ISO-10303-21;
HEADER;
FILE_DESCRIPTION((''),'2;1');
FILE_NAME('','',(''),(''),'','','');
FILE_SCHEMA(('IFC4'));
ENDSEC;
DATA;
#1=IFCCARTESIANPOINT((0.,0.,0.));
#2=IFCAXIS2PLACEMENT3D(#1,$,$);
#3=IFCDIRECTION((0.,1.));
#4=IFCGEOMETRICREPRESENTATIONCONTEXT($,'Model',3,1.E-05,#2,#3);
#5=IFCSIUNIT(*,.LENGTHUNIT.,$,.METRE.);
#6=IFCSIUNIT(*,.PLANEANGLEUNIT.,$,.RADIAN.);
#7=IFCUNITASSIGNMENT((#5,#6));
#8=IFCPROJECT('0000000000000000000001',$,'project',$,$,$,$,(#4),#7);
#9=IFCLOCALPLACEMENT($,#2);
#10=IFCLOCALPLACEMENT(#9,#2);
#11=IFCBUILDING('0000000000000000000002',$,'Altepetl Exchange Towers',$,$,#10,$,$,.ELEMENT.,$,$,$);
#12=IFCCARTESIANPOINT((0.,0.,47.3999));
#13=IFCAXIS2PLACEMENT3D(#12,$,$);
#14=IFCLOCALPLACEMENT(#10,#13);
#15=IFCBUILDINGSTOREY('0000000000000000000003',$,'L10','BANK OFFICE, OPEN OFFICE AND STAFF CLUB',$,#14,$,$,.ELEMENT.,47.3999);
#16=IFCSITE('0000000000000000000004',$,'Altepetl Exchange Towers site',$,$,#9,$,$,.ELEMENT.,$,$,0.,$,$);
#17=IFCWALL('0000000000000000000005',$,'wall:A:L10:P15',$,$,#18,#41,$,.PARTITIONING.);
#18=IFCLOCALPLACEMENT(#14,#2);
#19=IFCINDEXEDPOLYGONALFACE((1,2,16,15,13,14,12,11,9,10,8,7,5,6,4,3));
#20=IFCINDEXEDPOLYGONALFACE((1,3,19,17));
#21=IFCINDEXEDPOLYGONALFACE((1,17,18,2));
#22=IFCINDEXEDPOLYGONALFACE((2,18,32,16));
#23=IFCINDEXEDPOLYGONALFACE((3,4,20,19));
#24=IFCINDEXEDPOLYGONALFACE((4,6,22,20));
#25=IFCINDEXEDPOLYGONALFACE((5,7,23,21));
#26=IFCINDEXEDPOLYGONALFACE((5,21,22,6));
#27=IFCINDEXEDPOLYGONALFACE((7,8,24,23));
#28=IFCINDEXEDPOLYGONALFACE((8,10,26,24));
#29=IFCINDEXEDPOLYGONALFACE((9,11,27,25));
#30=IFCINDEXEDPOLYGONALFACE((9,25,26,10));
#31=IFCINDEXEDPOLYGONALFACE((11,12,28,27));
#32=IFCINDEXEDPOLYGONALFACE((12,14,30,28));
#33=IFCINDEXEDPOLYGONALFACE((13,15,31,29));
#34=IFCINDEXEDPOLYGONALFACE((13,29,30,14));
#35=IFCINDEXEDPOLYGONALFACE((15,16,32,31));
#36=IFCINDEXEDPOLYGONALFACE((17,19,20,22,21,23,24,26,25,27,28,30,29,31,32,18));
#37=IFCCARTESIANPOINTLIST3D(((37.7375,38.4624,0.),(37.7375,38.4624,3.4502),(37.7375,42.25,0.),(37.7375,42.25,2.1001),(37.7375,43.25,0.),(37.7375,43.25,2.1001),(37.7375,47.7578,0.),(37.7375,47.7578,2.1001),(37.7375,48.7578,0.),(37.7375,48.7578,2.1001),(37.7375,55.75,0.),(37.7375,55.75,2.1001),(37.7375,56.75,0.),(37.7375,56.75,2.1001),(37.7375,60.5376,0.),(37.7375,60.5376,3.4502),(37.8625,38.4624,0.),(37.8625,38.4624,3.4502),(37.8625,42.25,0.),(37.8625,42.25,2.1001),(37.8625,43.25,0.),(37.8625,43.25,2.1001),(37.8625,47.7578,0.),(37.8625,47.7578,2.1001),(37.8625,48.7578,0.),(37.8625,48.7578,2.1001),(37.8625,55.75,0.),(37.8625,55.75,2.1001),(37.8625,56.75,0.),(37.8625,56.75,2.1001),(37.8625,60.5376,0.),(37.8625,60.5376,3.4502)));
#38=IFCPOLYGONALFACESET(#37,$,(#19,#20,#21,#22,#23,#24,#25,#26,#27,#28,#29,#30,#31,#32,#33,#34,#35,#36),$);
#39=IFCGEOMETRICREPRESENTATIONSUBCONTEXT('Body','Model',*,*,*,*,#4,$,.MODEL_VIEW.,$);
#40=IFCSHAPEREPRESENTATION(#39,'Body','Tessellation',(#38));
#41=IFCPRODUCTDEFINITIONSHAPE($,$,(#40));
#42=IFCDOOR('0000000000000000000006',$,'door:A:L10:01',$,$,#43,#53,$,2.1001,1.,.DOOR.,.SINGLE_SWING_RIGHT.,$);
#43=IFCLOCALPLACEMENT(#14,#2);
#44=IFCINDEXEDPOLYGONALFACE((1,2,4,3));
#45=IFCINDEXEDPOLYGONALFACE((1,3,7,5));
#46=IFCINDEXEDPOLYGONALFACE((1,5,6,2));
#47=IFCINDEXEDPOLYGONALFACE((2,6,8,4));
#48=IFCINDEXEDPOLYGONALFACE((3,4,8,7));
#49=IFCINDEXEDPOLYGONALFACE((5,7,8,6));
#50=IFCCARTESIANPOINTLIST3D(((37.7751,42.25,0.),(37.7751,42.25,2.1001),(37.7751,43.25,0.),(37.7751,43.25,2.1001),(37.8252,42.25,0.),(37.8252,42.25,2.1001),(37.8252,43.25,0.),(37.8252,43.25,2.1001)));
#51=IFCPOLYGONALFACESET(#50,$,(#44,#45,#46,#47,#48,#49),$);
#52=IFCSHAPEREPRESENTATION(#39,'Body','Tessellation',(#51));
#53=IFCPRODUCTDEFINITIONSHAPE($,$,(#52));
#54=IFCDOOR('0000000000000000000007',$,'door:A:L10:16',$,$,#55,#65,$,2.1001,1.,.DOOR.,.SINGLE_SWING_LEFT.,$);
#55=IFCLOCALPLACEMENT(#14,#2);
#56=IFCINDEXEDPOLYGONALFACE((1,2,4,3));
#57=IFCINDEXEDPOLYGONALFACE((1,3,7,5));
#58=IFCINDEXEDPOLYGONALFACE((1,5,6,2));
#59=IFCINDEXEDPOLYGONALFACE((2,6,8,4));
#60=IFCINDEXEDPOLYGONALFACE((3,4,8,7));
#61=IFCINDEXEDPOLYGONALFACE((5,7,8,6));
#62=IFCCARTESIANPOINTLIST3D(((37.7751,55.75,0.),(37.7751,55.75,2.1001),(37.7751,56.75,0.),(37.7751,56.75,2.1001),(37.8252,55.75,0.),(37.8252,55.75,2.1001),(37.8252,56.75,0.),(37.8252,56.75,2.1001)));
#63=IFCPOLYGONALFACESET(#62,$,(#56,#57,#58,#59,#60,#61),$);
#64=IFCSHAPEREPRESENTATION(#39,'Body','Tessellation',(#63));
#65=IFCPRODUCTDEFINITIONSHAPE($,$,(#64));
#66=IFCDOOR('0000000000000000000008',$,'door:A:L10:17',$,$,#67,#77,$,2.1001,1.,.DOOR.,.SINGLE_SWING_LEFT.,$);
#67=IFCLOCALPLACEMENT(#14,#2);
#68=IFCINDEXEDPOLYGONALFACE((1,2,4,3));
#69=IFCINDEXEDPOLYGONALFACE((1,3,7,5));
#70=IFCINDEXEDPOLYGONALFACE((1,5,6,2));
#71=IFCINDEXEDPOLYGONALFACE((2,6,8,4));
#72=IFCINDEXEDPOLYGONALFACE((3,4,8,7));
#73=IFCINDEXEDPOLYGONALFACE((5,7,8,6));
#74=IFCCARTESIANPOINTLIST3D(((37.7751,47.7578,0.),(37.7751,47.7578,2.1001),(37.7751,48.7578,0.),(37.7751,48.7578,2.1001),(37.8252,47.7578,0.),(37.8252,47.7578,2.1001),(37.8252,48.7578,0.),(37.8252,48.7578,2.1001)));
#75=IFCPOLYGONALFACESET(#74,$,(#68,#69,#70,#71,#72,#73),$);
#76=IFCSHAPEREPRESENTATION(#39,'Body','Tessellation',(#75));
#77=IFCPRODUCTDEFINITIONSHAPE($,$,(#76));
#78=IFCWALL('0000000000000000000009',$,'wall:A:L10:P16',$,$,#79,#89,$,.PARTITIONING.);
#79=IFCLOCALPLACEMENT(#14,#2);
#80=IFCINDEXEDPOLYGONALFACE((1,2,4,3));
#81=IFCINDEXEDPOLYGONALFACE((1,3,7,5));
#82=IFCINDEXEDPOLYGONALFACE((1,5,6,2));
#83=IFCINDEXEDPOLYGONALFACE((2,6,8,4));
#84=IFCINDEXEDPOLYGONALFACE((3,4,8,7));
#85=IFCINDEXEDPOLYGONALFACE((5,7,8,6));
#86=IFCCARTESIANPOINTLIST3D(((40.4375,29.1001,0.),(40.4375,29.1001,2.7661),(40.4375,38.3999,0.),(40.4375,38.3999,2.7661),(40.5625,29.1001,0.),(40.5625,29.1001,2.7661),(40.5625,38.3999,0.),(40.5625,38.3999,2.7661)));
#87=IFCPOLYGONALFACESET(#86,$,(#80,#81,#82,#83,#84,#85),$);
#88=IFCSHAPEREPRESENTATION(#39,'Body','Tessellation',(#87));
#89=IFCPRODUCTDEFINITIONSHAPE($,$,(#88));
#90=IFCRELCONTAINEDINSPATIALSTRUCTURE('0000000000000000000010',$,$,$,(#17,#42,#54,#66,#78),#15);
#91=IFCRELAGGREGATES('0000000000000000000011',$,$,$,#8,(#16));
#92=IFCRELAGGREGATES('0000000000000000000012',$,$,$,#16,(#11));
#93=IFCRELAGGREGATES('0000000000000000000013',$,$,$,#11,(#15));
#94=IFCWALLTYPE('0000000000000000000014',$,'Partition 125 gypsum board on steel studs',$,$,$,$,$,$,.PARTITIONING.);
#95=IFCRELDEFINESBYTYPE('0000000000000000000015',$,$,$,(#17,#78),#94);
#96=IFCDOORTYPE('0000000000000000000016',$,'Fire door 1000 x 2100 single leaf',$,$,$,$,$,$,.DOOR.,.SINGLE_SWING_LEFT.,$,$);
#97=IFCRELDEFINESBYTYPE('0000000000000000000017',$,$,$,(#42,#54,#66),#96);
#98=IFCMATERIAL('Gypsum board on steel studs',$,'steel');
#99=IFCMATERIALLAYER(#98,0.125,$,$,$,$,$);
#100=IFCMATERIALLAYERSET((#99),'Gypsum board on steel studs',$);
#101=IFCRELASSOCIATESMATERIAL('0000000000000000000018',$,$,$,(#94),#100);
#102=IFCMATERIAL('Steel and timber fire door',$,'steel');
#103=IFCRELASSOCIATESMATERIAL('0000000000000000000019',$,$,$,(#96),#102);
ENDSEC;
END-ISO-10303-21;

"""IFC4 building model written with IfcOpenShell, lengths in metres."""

from ifc_helpers import new_model, si_unit, direction, frame, frame_2d, origin, place, context, subcontext, project, spatial, rectangle, extrude, material, layer, layer_set, type_object, element, fill, save


model = new_model("IFC4")

# Units and contexts
model_context = context("Model", 3, precision=1e-05, world=origin(), true_north=direction((0.0, 1.0)))
body_context = subcontext(model_context, "Body", "Model", "MODEL_VIEW")
ifc_project = project(units=[si_unit("LENGTHUNIT", "METRE"), si_unit("PLANEANGLEUNIT", "RADIAN")], contexts=[model_context])

# Site, building, storey
site_placement = place(None, origin())
site = spatial("IfcSite", under=ifc_project, at=site_placement, Name="Altepetl Exchange Towers site", CompositionType="ELEMENT", RefElevation=0.0)
building_placement = place(site_placement, origin())
building = spatial("IfcBuilding", under=site, at=building_placement, Name="Altepetl Exchange Towers", CompositionType="ELEMENT")
storey_placement = place(building_placement, frame((0.0, 0.0, 47.3999)))
storey = spatial("IfcBuildingStorey", under=building, at=storey_placement, Name="L10", Description="BANK OFFICE, OPEN OFFICE AND STAFF CLUB", CompositionType="ELEMENT", Elevation=47.3999)

# Shared definitions
ifc_material_1 = material(Name="Steel and timber fire door", Category="steel")
ifc_material_2 = material(Name="Gypsum board on steel studs", Category="steel")
ifc_layer_1 = layer(ifc_material_2, 0.125)
ifc_layer_set_1 = layer_set([ifc_layer_1], Name="Gypsum board on steel studs")
wall_type_1 = type_object("IfcWallType", Name="Partition 125 gypsum board on steel studs", PredefinedType="PARTITIONING", material=ifc_layer_set_1)
door_type_1 = type_object("IfcDoorType", Name="Fire door 1000 x 2100 single leaf", OperationType="SINGLE_SWING_LEFT", PredefinedType="DOOR", material=ifc_material_1)

# Wall, openings, doors
wall_1_placement = place(storey_placement, frame((37.8, 38.4624, 0.0), z_axis=(0.0, 0.0, 1.0), x_axis=(0.0, 1.0, 0.0)))
wall_1 = element("IfcWall", 1, at=wall_1_placement, inside=storey, type_object=wall_type_1, Name="wall:A:L10:P15", PredefinedType="PARTITIONING", context=body_context, shape_type="SweptSolid", body=[
    extrude(rectangle(XDim=22.0752, YDim=0.125, at=frame_2d((11.0376, 0.0))), origin(), (0.0, 0.0, 1.0), 3.4502),
])
opening_1_placement = place(wall_1_placement, frame((3.7876, 0.0, 0.0)))
opening_1 = element("IfcOpeningElement", 2, at=opening_1_placement, cuts=wall_1, PredefinedType="OPENING", context=body_context, shape_type="SweptSolid", body=[
    extrude(rectangle(XDim=1.0, YDim=2.1001, at=frame_2d((0.5, 1.05))), frame((0.0, 0.0725, 0.0), z_axis=(0.0, -1.0, 0.0), x_axis=(1.0, 0.0, 0.0)), (0.0, 0.0, 1.0), 0.145),
])
opening_2_placement = place(wall_1_placement, frame((17.2876, 0.0, 0.0)))
opening_2 = element("IfcOpeningElement", 3, at=opening_2_placement, cuts=wall_1, PredefinedType="OPENING", context=body_context, shape_type="SweptSolid", body=[
    extrude(rectangle(XDim=1.0, YDim=2.1001, at=frame_2d((0.5, 1.05))), frame((0.0, 0.0725, 0.0), z_axis=(0.0, -1.0, 0.0), x_axis=(1.0, 0.0, 0.0)), (0.0, 0.0, 1.0), 0.145),
])
opening_3_placement = place(wall_1_placement, frame((9.2954, 0.0, 0.0)))
opening_3 = element("IfcOpeningElement", 4, at=opening_3_placement, cuts=wall_1, PredefinedType="OPENING", context=body_context, shape_type="SweptSolid", body=[
    extrude(rectangle(XDim=1.0, YDim=2.1001, at=frame_2d((0.5, 1.05))), frame((0.0, 0.0725, 0.0), z_axis=(0.0, -1.0, 0.0), x_axis=(1.0, 0.0, 0.0)), (0.0, 0.0, 1.0), 0.145),
])
door_1_placement = place(opening_1_placement, origin())
door_1 = element("IfcDoor", 5, at=door_1_placement, inside=storey, type_object=door_type_1, Name="door:A:L10:01", OperationType="SINGLE_SWING_RIGHT", OverallHeight=2.1001, OverallWidth=1.0, PredefinedType="DOOR", context=body_context, shape_type="SweptSolid", body=[
    extrude(rectangle(XDim=1.0, YDim=2.1001, at=frame_2d((0.5, 1.05))), frame((0.0, 0.0249, 0.0), z_axis=(0.0, -1.0, 0.0), x_axis=(1.0, 0.0, 0.0)), (0.0, 0.0, 1.0), 0.05),
])
fill(opening_1, door_1)
door_2_placement = place(opening_2_placement, origin())
door_2 = element("IfcDoor", 6, at=door_2_placement, inside=storey, type_object=door_type_1, Name="door:A:L10:16", OperationType="SINGLE_SWING_LEFT", OverallHeight=2.1001, OverallWidth=1.0, PredefinedType="DOOR", context=body_context, shape_type="SweptSolid", body=[
    extrude(rectangle(XDim=1.0, YDim=2.1001, at=frame_2d((0.5, 1.05))), frame((0.0, 0.0249, 0.0), z_axis=(0.0, -1.0, 0.0), x_axis=(1.0, 0.0, 0.0)), (0.0, 0.0, 1.0), 0.05),
])
fill(opening_2, door_2)
door_3_placement = place(opening_3_placement, origin())
door_3 = element("IfcDoor", 7, at=door_3_placement, inside=storey, type_object=door_type_1, Name="door:A:L10:17", OperationType="SINGLE_SWING_LEFT", OverallHeight=2.1001, OverallWidth=1.0, PredefinedType="DOOR", context=body_context, shape_type="SweptSolid", body=[
    extrude(rectangle(XDim=1.0, YDim=2.1001, at=frame_2d((0.5, 1.05))), frame((0.0, 0.0249, 0.0), z_axis=(0.0, -1.0, 0.0), x_axis=(1.0, 0.0, 0.0)), (0.0, 0.0, 1.0), 0.05),
])
fill(opening_3, door_3)

# Wall
wall_2_placement = place(storey_placement, frame((40.5, 29.1001, 0.0), z_axis=(0.0, 0.0, 1.0), x_axis=(0.0, 1.0, 0.0)))
element("IfcWall", 8, at=wall_2_placement, inside=storey, type_object=wall_type_1, Name="wall:A:L10:P16", PredefinedType="PARTITIONING", context=body_context, shape_type="SweptSolid", body=[
    extrude(rectangle(XDim=9.2998, YDim=0.125, at=frame_2d((4.6499, 0.0))), origin(), (0.0, 0.0, 1.0), 2.7661),
])

save(model, "model.ifc")
